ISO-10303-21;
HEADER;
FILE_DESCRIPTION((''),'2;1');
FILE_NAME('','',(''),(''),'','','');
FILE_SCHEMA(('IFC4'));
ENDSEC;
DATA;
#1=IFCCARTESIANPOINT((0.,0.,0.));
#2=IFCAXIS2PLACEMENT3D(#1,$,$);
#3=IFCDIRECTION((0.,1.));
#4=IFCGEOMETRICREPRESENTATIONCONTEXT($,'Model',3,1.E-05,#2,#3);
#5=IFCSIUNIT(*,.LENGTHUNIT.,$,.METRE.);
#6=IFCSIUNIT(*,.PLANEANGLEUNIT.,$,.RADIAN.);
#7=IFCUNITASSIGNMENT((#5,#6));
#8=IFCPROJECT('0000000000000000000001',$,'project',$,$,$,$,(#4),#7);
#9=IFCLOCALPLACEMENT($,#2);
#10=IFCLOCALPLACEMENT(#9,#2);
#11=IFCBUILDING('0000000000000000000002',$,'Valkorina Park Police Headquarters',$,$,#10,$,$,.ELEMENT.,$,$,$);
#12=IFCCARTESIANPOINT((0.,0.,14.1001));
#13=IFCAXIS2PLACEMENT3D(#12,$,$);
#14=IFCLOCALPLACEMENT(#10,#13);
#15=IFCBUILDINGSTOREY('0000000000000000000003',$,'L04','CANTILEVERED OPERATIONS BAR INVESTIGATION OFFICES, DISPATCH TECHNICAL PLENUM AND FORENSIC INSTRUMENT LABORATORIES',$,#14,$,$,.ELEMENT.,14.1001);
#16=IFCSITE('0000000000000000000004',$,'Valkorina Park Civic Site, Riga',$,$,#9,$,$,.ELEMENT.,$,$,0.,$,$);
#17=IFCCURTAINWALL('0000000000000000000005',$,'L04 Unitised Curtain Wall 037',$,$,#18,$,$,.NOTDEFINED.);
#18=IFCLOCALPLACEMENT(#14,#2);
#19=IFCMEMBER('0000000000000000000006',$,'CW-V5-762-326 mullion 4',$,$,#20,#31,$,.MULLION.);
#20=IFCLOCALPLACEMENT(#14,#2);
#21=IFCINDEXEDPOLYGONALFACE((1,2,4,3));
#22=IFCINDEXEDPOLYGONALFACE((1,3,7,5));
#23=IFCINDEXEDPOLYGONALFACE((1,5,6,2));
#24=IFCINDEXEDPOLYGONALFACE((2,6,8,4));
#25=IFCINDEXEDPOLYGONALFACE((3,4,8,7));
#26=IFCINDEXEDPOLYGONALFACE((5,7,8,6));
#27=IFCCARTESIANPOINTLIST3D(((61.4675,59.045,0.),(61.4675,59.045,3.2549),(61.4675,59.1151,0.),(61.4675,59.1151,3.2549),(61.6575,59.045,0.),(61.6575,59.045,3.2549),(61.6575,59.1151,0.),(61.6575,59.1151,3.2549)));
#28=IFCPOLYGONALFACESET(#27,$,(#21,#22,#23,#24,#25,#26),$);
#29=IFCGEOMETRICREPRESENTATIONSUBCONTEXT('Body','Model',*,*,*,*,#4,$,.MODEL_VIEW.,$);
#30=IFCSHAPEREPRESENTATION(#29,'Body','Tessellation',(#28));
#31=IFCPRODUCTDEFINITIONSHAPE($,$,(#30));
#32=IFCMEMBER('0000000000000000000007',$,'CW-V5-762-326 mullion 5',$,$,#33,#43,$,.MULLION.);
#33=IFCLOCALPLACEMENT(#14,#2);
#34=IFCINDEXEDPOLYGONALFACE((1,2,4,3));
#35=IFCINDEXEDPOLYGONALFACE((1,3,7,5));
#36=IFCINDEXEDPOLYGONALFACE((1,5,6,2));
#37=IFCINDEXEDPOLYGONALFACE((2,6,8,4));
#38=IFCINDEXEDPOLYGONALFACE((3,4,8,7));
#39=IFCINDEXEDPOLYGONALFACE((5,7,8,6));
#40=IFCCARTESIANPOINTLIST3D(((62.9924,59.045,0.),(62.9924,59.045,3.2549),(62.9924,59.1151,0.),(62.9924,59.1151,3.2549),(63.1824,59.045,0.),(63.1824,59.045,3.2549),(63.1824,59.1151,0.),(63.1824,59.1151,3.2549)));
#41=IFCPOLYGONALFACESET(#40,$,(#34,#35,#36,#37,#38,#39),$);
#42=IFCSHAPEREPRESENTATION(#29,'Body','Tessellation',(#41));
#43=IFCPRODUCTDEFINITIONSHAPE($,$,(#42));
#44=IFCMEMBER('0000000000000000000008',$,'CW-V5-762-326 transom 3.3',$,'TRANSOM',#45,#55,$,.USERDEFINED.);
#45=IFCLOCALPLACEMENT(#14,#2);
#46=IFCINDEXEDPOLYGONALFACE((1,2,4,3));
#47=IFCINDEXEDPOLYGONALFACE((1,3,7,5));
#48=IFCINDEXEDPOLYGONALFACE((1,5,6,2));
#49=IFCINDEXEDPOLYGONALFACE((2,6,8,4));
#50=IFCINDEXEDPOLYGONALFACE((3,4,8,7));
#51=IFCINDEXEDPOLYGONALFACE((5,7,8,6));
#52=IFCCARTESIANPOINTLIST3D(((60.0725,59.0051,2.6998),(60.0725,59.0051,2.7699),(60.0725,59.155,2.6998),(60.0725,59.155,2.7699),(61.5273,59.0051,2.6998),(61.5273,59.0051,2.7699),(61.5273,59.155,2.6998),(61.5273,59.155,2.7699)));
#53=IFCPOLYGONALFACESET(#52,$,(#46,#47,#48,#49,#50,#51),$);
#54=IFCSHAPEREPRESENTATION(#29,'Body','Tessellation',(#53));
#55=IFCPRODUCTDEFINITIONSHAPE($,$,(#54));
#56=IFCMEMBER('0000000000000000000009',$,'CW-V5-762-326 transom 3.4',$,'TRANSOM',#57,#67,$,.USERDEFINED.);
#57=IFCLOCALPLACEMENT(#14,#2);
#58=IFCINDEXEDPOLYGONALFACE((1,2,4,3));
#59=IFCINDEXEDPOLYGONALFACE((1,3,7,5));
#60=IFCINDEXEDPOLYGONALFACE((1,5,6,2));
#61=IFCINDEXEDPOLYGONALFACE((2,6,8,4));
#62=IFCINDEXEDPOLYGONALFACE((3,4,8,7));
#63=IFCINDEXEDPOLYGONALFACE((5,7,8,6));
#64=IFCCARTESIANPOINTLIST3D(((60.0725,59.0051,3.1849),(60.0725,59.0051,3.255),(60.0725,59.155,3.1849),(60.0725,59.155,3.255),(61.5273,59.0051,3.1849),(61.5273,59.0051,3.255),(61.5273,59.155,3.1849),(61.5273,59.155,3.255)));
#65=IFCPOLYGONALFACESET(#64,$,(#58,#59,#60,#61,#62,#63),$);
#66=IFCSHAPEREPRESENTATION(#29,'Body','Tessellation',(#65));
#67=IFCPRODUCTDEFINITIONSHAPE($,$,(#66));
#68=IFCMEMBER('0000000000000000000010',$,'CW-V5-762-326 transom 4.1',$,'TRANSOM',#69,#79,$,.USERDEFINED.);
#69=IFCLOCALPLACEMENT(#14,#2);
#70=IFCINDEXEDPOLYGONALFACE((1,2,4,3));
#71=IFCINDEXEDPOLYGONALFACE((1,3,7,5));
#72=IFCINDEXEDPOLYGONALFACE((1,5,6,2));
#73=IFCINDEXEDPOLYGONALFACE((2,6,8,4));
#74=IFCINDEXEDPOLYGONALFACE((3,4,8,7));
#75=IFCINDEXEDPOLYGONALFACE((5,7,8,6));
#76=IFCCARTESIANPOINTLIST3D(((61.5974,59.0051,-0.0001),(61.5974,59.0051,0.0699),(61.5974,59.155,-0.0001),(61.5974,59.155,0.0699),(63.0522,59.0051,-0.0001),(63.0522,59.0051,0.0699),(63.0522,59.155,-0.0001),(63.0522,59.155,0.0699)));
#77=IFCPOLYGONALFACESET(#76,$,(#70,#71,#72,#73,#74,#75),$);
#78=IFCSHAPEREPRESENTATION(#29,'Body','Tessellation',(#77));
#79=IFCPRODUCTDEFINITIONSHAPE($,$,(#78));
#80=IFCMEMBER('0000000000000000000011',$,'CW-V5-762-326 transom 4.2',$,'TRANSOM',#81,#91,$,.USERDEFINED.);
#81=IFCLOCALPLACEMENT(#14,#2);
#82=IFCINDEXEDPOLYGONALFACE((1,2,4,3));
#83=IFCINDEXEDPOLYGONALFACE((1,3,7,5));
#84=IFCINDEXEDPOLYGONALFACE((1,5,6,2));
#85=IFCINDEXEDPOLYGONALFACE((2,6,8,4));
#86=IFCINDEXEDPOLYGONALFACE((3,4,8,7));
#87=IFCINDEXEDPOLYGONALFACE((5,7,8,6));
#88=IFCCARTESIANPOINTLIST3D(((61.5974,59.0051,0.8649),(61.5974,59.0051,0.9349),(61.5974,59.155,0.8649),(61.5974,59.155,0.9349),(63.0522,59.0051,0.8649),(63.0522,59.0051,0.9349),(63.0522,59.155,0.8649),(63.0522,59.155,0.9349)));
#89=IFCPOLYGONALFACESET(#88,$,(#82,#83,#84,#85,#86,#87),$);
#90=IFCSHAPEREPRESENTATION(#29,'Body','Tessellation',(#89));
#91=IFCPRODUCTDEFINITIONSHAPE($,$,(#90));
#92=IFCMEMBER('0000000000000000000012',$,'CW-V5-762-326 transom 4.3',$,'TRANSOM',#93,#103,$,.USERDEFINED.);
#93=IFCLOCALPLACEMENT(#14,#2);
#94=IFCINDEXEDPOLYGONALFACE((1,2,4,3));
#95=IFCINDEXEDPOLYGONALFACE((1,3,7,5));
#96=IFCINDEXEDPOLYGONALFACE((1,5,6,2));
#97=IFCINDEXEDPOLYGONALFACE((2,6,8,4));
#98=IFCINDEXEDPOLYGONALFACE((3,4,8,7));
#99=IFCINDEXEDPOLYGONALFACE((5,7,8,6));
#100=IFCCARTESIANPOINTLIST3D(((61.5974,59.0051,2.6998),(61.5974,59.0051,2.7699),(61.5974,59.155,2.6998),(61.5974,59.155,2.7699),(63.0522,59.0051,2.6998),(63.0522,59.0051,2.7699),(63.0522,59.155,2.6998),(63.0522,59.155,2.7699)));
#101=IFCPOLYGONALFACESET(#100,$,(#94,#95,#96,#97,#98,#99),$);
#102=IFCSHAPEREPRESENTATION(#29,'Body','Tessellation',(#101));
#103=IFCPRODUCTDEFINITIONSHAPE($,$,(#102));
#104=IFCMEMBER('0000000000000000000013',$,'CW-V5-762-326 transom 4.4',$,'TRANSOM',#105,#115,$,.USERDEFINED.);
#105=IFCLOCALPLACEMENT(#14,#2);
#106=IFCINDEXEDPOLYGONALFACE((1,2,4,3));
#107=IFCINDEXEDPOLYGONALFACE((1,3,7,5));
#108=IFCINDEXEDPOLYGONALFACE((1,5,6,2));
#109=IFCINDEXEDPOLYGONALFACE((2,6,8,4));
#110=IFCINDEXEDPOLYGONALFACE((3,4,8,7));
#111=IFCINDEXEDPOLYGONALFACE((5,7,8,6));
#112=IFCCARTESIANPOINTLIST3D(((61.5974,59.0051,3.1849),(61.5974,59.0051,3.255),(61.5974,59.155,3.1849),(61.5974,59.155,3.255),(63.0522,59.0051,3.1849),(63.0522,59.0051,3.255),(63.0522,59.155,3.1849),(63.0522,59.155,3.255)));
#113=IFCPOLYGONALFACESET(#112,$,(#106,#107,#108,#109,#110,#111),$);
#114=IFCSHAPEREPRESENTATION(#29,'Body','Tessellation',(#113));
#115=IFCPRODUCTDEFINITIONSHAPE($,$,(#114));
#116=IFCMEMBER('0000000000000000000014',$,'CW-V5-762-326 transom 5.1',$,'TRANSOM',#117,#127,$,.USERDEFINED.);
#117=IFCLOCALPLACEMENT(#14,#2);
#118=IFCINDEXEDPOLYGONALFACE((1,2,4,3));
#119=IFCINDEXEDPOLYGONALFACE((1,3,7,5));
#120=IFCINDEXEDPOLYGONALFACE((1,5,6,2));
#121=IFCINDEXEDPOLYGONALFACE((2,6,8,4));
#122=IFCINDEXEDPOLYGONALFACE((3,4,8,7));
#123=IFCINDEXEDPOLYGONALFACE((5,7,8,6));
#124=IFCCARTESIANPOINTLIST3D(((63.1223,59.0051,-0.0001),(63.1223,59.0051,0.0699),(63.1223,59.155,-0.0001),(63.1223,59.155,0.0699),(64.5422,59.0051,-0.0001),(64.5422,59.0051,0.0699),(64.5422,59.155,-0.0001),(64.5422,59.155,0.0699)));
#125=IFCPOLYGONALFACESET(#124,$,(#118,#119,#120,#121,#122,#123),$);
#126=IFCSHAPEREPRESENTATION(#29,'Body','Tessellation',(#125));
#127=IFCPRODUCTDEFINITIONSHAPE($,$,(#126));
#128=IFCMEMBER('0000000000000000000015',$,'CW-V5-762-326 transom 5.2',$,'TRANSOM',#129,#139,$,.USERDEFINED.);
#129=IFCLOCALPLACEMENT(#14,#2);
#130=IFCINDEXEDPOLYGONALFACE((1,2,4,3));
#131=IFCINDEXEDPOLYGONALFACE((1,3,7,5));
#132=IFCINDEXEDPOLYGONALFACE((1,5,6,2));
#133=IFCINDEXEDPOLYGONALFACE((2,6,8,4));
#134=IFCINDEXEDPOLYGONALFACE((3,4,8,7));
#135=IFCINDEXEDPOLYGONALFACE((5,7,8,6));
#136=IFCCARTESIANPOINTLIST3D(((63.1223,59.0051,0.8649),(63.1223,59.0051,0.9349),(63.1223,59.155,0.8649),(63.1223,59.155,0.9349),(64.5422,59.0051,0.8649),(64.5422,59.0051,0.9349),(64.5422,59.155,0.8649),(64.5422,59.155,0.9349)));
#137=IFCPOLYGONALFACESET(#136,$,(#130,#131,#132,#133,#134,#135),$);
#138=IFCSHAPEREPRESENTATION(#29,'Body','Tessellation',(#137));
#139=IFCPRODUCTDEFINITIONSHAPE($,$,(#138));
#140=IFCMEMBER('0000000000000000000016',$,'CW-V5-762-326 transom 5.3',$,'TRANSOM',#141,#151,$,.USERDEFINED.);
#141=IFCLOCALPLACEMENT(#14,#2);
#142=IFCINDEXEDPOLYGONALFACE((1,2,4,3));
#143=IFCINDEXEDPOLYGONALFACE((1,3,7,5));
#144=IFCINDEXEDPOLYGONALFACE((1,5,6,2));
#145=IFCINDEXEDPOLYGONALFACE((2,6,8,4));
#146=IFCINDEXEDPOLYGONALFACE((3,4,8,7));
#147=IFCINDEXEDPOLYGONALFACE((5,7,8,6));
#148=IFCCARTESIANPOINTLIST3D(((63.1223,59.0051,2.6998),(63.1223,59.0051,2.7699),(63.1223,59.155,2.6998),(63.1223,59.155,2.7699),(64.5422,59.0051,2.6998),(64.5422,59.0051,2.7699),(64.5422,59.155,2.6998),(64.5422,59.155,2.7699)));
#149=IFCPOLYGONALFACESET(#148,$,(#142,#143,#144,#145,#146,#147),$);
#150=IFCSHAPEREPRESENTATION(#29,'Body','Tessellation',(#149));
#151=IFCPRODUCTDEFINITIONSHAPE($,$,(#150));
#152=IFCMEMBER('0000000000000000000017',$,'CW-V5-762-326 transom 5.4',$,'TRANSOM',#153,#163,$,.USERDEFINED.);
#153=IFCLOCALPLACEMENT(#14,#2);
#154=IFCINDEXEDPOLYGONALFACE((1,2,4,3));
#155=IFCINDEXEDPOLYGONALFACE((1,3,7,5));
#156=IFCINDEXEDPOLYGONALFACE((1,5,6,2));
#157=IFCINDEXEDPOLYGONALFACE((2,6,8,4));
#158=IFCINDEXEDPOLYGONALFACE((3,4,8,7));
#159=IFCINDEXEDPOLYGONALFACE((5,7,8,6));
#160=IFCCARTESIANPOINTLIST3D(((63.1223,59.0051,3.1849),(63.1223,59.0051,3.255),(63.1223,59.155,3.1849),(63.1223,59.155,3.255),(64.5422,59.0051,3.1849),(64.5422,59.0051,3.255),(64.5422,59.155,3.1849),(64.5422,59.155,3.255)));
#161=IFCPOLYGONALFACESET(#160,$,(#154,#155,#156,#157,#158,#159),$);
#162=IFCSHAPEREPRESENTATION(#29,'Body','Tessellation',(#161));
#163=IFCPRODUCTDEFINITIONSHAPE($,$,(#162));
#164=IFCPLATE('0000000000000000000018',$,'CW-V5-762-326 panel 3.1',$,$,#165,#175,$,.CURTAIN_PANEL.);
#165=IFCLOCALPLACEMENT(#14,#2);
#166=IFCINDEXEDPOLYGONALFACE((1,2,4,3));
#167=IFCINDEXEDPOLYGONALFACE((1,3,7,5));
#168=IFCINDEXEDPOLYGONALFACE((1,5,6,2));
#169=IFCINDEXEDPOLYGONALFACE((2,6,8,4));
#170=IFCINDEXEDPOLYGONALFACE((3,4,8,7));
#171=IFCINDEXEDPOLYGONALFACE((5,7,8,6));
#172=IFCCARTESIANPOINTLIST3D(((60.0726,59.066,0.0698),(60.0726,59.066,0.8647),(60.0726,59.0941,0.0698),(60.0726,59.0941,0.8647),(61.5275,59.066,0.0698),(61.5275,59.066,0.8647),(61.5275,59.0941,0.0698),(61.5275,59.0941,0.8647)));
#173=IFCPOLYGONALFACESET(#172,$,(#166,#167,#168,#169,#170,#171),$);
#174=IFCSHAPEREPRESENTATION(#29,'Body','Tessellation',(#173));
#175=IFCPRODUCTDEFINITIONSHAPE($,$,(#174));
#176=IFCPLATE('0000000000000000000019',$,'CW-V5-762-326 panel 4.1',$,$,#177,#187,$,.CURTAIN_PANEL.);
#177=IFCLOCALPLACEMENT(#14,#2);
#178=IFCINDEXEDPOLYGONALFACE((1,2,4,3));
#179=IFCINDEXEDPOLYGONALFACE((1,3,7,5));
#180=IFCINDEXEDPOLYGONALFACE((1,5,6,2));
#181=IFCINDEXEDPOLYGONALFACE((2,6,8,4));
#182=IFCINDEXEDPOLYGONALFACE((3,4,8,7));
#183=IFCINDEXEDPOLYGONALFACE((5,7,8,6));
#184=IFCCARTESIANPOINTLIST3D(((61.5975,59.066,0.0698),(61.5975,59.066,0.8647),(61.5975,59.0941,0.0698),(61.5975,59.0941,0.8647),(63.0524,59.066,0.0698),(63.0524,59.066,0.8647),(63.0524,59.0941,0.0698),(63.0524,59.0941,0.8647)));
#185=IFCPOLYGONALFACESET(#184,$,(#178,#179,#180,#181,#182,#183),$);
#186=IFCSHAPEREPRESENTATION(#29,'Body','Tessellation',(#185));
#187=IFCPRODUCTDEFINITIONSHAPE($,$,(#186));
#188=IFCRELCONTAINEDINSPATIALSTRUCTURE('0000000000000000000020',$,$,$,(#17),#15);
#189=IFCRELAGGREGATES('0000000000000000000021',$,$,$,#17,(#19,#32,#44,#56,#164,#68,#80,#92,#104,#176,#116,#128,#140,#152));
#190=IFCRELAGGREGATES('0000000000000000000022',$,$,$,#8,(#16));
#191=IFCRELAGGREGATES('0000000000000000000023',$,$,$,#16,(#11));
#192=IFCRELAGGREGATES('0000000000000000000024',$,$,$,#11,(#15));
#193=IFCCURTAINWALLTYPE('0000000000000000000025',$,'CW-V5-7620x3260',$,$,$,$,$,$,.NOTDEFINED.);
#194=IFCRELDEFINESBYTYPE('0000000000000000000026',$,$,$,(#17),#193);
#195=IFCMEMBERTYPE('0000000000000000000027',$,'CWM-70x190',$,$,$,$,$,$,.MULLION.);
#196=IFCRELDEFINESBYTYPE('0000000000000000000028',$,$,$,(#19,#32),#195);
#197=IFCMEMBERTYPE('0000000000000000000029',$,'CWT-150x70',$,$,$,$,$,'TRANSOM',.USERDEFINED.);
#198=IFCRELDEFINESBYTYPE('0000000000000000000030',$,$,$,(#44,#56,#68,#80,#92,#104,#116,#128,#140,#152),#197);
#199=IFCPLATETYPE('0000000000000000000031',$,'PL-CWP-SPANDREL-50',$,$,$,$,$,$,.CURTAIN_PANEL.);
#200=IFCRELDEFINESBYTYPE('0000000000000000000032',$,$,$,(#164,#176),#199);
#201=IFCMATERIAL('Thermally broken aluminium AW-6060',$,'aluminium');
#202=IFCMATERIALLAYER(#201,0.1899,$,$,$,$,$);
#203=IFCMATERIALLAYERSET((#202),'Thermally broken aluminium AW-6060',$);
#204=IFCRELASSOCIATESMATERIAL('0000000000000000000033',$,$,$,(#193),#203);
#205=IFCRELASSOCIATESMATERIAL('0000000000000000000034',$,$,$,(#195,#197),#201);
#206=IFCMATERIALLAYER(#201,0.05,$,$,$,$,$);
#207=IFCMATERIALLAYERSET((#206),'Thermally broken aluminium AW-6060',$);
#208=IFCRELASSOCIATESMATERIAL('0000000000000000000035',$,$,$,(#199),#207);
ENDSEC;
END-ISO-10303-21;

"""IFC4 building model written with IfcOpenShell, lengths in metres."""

from ifc_helpers import new_model, si_unit, direction, frame, origin, origin_2d, place, context, subcontext, project, spatial, rectangle, extrude, material, layer, layer_set, material_profile, profile_set, type_object, element, aggregate, save


model = new_model("IFC4")

# Units and contexts
model_context = context("Model", 3, precision=1e-05, world=origin(), true_north=direction((0.0, 1.0)))
body_context = subcontext(model_context, "Body", "Model", "MODEL_VIEW")
ifc_project = project(units=[si_unit("LENGTHUNIT", "METRE"), si_unit("PLANEANGLEUNIT", "RADIAN")], contexts=[model_context])

# Site, building, storey
site_placement = place(None, origin())
site = spatial("IfcSite", under=ifc_project, at=site_placement, Name="Valkorina Park Civic Site, Riga", CompositionType="ELEMENT", RefElevation=0.0)
building_placement = place(site_placement, origin())
building = spatial("IfcBuilding", under=site, at=building_placement, Name="Valkorina Park Police Headquarters", CompositionType="ELEMENT")
storey_placement = place(building_placement, frame((0.0, 0.0, 14.1001)))
storey = spatial("IfcBuildingStorey", under=building, at=storey_placement, Name="L04", Description="CANTILEVERED OPERATIONS BAR INVESTIGATION OFFICES, DISPATCH TECHNICAL PLENUM AND FORENSIC INSTRUMENT LABORATORIES", CompositionType="ELEMENT", Elevation=14.1001)

# Curtain wall, members, plates
ifc_material_1 = material(Name="Thermally broken aluminium AW-6060", Category="aluminium")
ifc_layer_1 = layer(ifc_material_1, 0.1899)
ifc_layer_set_1 = layer_set([ifc_layer_1], Name="Thermally broken aluminium AW-6060")
curtain_wall_type = type_object("IfcCurtainWallType", Name="CW-V5-7620x3260", PredefinedType="NOTDEFINED", material=ifc_layer_set_1)
curtain_wall_placement = place(storey_placement, origin())
curtain_wall = element("IfcCurtainWall", 1, at=curtain_wall_placement, inside=storey, type_object=curtain_wall_type, Name="L04 Unitised Curtain Wall 037", PredefinedType="NOTDEFINED")
ifc_material_profile_1 = material_profile(ifc_material_1, rectangle(XDim=0.0701, YDim=0.1899, at=origin_2d()), Name="CWM-02 70x190")
ifc_profile_set_1 = profile_set([ifc_material_profile_1], Name="Thermally broken aluminium AW-6060")
member_type_1 = type_object("IfcMemberType", Name="CWM-70x190", PredefinedType="MULLION", material=ifc_profile_set_1)
member_1_placement = place(storey_placement, frame((61.5625, 59.0801, 0.0), z_axis=(0.0, 0.0, 1.0), x_axis=(0.0, 1.0, 0.0)))
member_1 = element("IfcMember", 2, at=member_1_placement, type_object=member_type_1, Name="CW-V5-762-326 mullion 4", PredefinedType="MULLION", context=body_context, shape_type="SweptSolid", body=[
    extrude(rectangle(XDim=0.0701, YDim=0.1899, at=origin_2d()), origin(), (0.0, 0.0, 1.0), 3.2549),
])
member_2_placement = place(storey_placement, frame((63.0874, 59.0801, 0.0), z_axis=(0.0, 0.0, 1.0), x_axis=(0.0, 1.0, 0.0)))
member_2 = element("IfcMember", 3, at=member_2_placement, type_object=member_type_1, Name="CW-V5-762-326 mullion 5", PredefinedType="MULLION", context=body_context, shape_type="SweptSolid", body=[
    extrude(rectangle(XDim=0.0701, YDim=0.1899, at=origin_2d()), origin(), (0.0, 0.0, 1.0), 3.2549),
])
ifc_material_profile_2 = material_profile(ifc_material_1, rectangle(XDim=0.1499, YDim=0.0701, at=origin_2d()), Name="CWT-02 150x70")
ifc_profile_set_2 = profile_set([ifc_material_profile_2], Name="Thermally broken aluminium AW-6060")
member_type_2 = type_object("IfcMemberType", Name="CWT-150x70", ElementType="TRANSOM", PredefinedType="USERDEFINED", material=ifc_profile_set_2)
member_3_placement = place(storey_placement, frame((60.0725, 59.0801, 2.7349), z_axis=(1.0, 0.0, 0.0), x_axis=(0.0, 1.0, 0.0)))
member_3 = element("IfcMember", 4, at=member_3_placement, type_object=member_type_2, Name="CW-V5-762-326 transom 3.3", ObjectType="TRANSOM", PredefinedType="USERDEFINED", context=body_context, shape_type="SweptSolid", body=[
    extrude(rectangle(XDim=0.1499, YDim=0.0701, at=origin_2d()), origin(), (0.0, 0.0, 1.0), 1.4548),
])
member_4_placement = place(storey_placement, frame((60.0725, 59.0801, 3.22), z_axis=(1.0, 0.0, 0.0), x_axis=(0.0, 1.0, 0.0)))
member_4 = element("IfcMember", 5, at=member_4_placement, type_object=member_type_2, Name="CW-V5-762-326 transom 3.4", ObjectType="TRANSOM", PredefinedType="USERDEFINED", context=body_context, shape_type="SweptSolid", body=[
    extrude(rectangle(XDim=0.1499, YDim=0.0701, at=origin_2d()), origin(), (0.0, 0.0, 1.0), 1.4548),
])
member_5_placement = place(storey_placement, frame((61.5974, 59.0801, 0.0349), z_axis=(1.0, 0.0, 0.0), x_axis=(0.0, 1.0, 0.0)))
member_5 = element("IfcMember", 6, at=member_5_placement, type_object=member_type_2, Name="CW-V5-762-326 transom 4.1", ObjectType="TRANSOM", PredefinedType="USERDEFINED", context=body_context, shape_type="SweptSolid", body=[
    extrude(rectangle(XDim=0.1499, YDim=0.0701, at=origin_2d()), origin(), (0.0, 0.0, 1.0), 1.4548),
])
member_6_placement = place(storey_placement, frame((61.5974, 59.0801, 0.8999), z_axis=(1.0, 0.0, 0.0), x_axis=(0.0, 1.0, 0.0)))
member_6 = element("IfcMember", 7, at=member_6_placement, type_object=member_type_2, Name="CW-V5-762-326 transom 4.2", ObjectType="TRANSOM", PredefinedType="USERDEFINED", context=body_context, shape_type="SweptSolid", body=[
    extrude(rectangle(XDim=0.1499, YDim=0.0701, at=origin_2d()), origin(), (0.0, 0.0, 1.0), 1.4548),
])
member_7_placement = place(storey_placement, frame((61.5974, 59.0801, 2.7349), z_axis=(1.0, 0.0, 0.0), x_axis=(0.0, 1.0, 0.0)))
member_7 = element("IfcMember", 8, at=member_7_placement, type_object=member_type_2, Name="CW-V5-762-326 transom 4.3", ObjectType="TRANSOM", PredefinedType="USERDEFINED", context=body_context, shape_type="SweptSolid", body=[
    extrude(rectangle(XDim=0.1499, YDim=0.0701, at=origin_2d()), origin(), (0.0, 0.0, 1.0), 1.4548),
])
member_8_placement = place(storey_placement, frame((61.5974, 59.0801, 3.22), z_axis=(1.0, 0.0, 0.0), x_axis=(0.0, 1.0, 0.0)))
member_8 = element("IfcMember", 9, at=member_8_placement, type_object=member_type_2, Name="CW-V5-762-326 transom 4.4", ObjectType="TRANSOM", PredefinedType="USERDEFINED", context=body_context, shape_type="SweptSolid", body=[
    extrude(rectangle(XDim=0.1499, YDim=0.0701, at=origin_2d()), origin(), (0.0, 0.0, 1.0), 1.4548),
])
member_9_placement = place(storey_placement, frame((63.1223, 59.0801, 0.0349), z_axis=(1.0, 0.0, 0.0), x_axis=(0.0, 1.0, 0.0)))
member_9 = element("IfcMember", 10, at=member_9_placement, type_object=member_type_2, Name="CW-V5-762-326 transom 5.1", ObjectType="TRANSOM", PredefinedType="USERDEFINED", context=body_context, shape_type="SweptSolid", body=[
    extrude(rectangle(XDim=0.1499, YDim=0.0701, at=origin_2d()), origin(), (0.0, 0.0, 1.0), 1.4199),
])
member_10_placement = place(storey_placement, frame((63.1223, 59.0801, 0.8999), z_axis=(1.0, 0.0, 0.0), x_axis=(0.0, 1.0, 0.0)))
member_10 = element("IfcMember", 11, at=member_10_placement, type_object=member_type_2, Name="CW-V5-762-326 transom 5.2", ObjectType="TRANSOM", PredefinedType="USERDEFINED", context=body_context, shape_type="SweptSolid", body=[
    extrude(rectangle(XDim=0.1499, YDim=0.0701, at=origin_2d()), origin(), (0.0, 0.0, 1.0), 1.4199),
])
member_11_placement = place(storey_placement, frame((63.1223, 59.0801, 2.7349), z_axis=(1.0, 0.0, 0.0), x_axis=(0.0, 1.0, 0.0)))
member_11 = element("IfcMember", 12, at=member_11_placement, type_object=member_type_2, Name="CW-V5-762-326 transom 5.3", ObjectType="TRANSOM", PredefinedType="USERDEFINED", context=body_context, shape_type="SweptSolid", body=[
    extrude(rectangle(XDim=0.1499, YDim=0.0701, at=origin_2d()), origin(), (0.0, 0.0, 1.0), 1.4199),
])
member_12_placement = place(storey_placement, frame((63.1223, 59.0801, 3.22), z_axis=(1.0, 0.0, 0.0), x_axis=(0.0, 1.0, 0.0)))
member_12 = element("IfcMember", 13, at=member_12_placement, type_object=member_type_2, Name="CW-V5-762-326 transom 5.4", ObjectType="TRANSOM", PredefinedType="USERDEFINED", context=body_context, shape_type="SweptSolid", body=[
    extrude(rectangle(XDim=0.1499, YDim=0.0701, at=origin_2d()), origin(), (0.0, 0.0, 1.0), 1.4199),
])
ifc_layer_2 = layer(ifc_material_1, 0.05)
ifc_layer_set_2 = layer_set([ifc_layer_2], Name="Thermally broken aluminium AW-6060")
plate_type_1 = type_object("IfcPlateType", Name="PL-CWP-SPANDREL-50", PredefinedType="CURTAIN_PANEL", material=ifc_layer_set_2)
plate_1_placement = place(storey_placement, frame((60.8, 59.0801, 0.0698), z_axis=(0.0, 0.0, 1.0), x_axis=(1.0, 0.0, 0.0)))
plate_1 = element("IfcPlate", 14, at=plate_1_placement, type_object=plate_type_1, Name="CW-V5-762-326 panel 3.1", PredefinedType="CURTAIN_PANEL", context=body_context, shape_type="SweptSolid", body=[
    extrude(rectangle(XDim=1.4548, YDim=0.0281, at=origin_2d()), origin(), (0.0, 0.0, 1.0), 0.7949),
])
plate_2_placement = place(storey_placement, frame((62.325, 59.0801, 0.0698), z_axis=(0.0, 0.0, 1.0), x_axis=(1.0, 0.0, 0.0)))
plate_2 = element("IfcPlate", 15, at=plate_2_placement, type_object=plate_type_1, Name="CW-V5-762-326 panel 4.1", PredefinedType="CURTAIN_PANEL", context=body_context, shape_type="SweptSolid", body=[
    extrude(rectangle(XDim=1.4548, YDim=0.0281, at=origin_2d()), origin(), (0.0, 0.0, 1.0), 0.7949),
])
aggregate(curtain_wall, [member_1, member_2, member_3, member_4, plate_1, member_5, member_6, member_7, member_8, plate_2, member_9, member_10, member_11, member_12])

save(model, "model.ifc")
